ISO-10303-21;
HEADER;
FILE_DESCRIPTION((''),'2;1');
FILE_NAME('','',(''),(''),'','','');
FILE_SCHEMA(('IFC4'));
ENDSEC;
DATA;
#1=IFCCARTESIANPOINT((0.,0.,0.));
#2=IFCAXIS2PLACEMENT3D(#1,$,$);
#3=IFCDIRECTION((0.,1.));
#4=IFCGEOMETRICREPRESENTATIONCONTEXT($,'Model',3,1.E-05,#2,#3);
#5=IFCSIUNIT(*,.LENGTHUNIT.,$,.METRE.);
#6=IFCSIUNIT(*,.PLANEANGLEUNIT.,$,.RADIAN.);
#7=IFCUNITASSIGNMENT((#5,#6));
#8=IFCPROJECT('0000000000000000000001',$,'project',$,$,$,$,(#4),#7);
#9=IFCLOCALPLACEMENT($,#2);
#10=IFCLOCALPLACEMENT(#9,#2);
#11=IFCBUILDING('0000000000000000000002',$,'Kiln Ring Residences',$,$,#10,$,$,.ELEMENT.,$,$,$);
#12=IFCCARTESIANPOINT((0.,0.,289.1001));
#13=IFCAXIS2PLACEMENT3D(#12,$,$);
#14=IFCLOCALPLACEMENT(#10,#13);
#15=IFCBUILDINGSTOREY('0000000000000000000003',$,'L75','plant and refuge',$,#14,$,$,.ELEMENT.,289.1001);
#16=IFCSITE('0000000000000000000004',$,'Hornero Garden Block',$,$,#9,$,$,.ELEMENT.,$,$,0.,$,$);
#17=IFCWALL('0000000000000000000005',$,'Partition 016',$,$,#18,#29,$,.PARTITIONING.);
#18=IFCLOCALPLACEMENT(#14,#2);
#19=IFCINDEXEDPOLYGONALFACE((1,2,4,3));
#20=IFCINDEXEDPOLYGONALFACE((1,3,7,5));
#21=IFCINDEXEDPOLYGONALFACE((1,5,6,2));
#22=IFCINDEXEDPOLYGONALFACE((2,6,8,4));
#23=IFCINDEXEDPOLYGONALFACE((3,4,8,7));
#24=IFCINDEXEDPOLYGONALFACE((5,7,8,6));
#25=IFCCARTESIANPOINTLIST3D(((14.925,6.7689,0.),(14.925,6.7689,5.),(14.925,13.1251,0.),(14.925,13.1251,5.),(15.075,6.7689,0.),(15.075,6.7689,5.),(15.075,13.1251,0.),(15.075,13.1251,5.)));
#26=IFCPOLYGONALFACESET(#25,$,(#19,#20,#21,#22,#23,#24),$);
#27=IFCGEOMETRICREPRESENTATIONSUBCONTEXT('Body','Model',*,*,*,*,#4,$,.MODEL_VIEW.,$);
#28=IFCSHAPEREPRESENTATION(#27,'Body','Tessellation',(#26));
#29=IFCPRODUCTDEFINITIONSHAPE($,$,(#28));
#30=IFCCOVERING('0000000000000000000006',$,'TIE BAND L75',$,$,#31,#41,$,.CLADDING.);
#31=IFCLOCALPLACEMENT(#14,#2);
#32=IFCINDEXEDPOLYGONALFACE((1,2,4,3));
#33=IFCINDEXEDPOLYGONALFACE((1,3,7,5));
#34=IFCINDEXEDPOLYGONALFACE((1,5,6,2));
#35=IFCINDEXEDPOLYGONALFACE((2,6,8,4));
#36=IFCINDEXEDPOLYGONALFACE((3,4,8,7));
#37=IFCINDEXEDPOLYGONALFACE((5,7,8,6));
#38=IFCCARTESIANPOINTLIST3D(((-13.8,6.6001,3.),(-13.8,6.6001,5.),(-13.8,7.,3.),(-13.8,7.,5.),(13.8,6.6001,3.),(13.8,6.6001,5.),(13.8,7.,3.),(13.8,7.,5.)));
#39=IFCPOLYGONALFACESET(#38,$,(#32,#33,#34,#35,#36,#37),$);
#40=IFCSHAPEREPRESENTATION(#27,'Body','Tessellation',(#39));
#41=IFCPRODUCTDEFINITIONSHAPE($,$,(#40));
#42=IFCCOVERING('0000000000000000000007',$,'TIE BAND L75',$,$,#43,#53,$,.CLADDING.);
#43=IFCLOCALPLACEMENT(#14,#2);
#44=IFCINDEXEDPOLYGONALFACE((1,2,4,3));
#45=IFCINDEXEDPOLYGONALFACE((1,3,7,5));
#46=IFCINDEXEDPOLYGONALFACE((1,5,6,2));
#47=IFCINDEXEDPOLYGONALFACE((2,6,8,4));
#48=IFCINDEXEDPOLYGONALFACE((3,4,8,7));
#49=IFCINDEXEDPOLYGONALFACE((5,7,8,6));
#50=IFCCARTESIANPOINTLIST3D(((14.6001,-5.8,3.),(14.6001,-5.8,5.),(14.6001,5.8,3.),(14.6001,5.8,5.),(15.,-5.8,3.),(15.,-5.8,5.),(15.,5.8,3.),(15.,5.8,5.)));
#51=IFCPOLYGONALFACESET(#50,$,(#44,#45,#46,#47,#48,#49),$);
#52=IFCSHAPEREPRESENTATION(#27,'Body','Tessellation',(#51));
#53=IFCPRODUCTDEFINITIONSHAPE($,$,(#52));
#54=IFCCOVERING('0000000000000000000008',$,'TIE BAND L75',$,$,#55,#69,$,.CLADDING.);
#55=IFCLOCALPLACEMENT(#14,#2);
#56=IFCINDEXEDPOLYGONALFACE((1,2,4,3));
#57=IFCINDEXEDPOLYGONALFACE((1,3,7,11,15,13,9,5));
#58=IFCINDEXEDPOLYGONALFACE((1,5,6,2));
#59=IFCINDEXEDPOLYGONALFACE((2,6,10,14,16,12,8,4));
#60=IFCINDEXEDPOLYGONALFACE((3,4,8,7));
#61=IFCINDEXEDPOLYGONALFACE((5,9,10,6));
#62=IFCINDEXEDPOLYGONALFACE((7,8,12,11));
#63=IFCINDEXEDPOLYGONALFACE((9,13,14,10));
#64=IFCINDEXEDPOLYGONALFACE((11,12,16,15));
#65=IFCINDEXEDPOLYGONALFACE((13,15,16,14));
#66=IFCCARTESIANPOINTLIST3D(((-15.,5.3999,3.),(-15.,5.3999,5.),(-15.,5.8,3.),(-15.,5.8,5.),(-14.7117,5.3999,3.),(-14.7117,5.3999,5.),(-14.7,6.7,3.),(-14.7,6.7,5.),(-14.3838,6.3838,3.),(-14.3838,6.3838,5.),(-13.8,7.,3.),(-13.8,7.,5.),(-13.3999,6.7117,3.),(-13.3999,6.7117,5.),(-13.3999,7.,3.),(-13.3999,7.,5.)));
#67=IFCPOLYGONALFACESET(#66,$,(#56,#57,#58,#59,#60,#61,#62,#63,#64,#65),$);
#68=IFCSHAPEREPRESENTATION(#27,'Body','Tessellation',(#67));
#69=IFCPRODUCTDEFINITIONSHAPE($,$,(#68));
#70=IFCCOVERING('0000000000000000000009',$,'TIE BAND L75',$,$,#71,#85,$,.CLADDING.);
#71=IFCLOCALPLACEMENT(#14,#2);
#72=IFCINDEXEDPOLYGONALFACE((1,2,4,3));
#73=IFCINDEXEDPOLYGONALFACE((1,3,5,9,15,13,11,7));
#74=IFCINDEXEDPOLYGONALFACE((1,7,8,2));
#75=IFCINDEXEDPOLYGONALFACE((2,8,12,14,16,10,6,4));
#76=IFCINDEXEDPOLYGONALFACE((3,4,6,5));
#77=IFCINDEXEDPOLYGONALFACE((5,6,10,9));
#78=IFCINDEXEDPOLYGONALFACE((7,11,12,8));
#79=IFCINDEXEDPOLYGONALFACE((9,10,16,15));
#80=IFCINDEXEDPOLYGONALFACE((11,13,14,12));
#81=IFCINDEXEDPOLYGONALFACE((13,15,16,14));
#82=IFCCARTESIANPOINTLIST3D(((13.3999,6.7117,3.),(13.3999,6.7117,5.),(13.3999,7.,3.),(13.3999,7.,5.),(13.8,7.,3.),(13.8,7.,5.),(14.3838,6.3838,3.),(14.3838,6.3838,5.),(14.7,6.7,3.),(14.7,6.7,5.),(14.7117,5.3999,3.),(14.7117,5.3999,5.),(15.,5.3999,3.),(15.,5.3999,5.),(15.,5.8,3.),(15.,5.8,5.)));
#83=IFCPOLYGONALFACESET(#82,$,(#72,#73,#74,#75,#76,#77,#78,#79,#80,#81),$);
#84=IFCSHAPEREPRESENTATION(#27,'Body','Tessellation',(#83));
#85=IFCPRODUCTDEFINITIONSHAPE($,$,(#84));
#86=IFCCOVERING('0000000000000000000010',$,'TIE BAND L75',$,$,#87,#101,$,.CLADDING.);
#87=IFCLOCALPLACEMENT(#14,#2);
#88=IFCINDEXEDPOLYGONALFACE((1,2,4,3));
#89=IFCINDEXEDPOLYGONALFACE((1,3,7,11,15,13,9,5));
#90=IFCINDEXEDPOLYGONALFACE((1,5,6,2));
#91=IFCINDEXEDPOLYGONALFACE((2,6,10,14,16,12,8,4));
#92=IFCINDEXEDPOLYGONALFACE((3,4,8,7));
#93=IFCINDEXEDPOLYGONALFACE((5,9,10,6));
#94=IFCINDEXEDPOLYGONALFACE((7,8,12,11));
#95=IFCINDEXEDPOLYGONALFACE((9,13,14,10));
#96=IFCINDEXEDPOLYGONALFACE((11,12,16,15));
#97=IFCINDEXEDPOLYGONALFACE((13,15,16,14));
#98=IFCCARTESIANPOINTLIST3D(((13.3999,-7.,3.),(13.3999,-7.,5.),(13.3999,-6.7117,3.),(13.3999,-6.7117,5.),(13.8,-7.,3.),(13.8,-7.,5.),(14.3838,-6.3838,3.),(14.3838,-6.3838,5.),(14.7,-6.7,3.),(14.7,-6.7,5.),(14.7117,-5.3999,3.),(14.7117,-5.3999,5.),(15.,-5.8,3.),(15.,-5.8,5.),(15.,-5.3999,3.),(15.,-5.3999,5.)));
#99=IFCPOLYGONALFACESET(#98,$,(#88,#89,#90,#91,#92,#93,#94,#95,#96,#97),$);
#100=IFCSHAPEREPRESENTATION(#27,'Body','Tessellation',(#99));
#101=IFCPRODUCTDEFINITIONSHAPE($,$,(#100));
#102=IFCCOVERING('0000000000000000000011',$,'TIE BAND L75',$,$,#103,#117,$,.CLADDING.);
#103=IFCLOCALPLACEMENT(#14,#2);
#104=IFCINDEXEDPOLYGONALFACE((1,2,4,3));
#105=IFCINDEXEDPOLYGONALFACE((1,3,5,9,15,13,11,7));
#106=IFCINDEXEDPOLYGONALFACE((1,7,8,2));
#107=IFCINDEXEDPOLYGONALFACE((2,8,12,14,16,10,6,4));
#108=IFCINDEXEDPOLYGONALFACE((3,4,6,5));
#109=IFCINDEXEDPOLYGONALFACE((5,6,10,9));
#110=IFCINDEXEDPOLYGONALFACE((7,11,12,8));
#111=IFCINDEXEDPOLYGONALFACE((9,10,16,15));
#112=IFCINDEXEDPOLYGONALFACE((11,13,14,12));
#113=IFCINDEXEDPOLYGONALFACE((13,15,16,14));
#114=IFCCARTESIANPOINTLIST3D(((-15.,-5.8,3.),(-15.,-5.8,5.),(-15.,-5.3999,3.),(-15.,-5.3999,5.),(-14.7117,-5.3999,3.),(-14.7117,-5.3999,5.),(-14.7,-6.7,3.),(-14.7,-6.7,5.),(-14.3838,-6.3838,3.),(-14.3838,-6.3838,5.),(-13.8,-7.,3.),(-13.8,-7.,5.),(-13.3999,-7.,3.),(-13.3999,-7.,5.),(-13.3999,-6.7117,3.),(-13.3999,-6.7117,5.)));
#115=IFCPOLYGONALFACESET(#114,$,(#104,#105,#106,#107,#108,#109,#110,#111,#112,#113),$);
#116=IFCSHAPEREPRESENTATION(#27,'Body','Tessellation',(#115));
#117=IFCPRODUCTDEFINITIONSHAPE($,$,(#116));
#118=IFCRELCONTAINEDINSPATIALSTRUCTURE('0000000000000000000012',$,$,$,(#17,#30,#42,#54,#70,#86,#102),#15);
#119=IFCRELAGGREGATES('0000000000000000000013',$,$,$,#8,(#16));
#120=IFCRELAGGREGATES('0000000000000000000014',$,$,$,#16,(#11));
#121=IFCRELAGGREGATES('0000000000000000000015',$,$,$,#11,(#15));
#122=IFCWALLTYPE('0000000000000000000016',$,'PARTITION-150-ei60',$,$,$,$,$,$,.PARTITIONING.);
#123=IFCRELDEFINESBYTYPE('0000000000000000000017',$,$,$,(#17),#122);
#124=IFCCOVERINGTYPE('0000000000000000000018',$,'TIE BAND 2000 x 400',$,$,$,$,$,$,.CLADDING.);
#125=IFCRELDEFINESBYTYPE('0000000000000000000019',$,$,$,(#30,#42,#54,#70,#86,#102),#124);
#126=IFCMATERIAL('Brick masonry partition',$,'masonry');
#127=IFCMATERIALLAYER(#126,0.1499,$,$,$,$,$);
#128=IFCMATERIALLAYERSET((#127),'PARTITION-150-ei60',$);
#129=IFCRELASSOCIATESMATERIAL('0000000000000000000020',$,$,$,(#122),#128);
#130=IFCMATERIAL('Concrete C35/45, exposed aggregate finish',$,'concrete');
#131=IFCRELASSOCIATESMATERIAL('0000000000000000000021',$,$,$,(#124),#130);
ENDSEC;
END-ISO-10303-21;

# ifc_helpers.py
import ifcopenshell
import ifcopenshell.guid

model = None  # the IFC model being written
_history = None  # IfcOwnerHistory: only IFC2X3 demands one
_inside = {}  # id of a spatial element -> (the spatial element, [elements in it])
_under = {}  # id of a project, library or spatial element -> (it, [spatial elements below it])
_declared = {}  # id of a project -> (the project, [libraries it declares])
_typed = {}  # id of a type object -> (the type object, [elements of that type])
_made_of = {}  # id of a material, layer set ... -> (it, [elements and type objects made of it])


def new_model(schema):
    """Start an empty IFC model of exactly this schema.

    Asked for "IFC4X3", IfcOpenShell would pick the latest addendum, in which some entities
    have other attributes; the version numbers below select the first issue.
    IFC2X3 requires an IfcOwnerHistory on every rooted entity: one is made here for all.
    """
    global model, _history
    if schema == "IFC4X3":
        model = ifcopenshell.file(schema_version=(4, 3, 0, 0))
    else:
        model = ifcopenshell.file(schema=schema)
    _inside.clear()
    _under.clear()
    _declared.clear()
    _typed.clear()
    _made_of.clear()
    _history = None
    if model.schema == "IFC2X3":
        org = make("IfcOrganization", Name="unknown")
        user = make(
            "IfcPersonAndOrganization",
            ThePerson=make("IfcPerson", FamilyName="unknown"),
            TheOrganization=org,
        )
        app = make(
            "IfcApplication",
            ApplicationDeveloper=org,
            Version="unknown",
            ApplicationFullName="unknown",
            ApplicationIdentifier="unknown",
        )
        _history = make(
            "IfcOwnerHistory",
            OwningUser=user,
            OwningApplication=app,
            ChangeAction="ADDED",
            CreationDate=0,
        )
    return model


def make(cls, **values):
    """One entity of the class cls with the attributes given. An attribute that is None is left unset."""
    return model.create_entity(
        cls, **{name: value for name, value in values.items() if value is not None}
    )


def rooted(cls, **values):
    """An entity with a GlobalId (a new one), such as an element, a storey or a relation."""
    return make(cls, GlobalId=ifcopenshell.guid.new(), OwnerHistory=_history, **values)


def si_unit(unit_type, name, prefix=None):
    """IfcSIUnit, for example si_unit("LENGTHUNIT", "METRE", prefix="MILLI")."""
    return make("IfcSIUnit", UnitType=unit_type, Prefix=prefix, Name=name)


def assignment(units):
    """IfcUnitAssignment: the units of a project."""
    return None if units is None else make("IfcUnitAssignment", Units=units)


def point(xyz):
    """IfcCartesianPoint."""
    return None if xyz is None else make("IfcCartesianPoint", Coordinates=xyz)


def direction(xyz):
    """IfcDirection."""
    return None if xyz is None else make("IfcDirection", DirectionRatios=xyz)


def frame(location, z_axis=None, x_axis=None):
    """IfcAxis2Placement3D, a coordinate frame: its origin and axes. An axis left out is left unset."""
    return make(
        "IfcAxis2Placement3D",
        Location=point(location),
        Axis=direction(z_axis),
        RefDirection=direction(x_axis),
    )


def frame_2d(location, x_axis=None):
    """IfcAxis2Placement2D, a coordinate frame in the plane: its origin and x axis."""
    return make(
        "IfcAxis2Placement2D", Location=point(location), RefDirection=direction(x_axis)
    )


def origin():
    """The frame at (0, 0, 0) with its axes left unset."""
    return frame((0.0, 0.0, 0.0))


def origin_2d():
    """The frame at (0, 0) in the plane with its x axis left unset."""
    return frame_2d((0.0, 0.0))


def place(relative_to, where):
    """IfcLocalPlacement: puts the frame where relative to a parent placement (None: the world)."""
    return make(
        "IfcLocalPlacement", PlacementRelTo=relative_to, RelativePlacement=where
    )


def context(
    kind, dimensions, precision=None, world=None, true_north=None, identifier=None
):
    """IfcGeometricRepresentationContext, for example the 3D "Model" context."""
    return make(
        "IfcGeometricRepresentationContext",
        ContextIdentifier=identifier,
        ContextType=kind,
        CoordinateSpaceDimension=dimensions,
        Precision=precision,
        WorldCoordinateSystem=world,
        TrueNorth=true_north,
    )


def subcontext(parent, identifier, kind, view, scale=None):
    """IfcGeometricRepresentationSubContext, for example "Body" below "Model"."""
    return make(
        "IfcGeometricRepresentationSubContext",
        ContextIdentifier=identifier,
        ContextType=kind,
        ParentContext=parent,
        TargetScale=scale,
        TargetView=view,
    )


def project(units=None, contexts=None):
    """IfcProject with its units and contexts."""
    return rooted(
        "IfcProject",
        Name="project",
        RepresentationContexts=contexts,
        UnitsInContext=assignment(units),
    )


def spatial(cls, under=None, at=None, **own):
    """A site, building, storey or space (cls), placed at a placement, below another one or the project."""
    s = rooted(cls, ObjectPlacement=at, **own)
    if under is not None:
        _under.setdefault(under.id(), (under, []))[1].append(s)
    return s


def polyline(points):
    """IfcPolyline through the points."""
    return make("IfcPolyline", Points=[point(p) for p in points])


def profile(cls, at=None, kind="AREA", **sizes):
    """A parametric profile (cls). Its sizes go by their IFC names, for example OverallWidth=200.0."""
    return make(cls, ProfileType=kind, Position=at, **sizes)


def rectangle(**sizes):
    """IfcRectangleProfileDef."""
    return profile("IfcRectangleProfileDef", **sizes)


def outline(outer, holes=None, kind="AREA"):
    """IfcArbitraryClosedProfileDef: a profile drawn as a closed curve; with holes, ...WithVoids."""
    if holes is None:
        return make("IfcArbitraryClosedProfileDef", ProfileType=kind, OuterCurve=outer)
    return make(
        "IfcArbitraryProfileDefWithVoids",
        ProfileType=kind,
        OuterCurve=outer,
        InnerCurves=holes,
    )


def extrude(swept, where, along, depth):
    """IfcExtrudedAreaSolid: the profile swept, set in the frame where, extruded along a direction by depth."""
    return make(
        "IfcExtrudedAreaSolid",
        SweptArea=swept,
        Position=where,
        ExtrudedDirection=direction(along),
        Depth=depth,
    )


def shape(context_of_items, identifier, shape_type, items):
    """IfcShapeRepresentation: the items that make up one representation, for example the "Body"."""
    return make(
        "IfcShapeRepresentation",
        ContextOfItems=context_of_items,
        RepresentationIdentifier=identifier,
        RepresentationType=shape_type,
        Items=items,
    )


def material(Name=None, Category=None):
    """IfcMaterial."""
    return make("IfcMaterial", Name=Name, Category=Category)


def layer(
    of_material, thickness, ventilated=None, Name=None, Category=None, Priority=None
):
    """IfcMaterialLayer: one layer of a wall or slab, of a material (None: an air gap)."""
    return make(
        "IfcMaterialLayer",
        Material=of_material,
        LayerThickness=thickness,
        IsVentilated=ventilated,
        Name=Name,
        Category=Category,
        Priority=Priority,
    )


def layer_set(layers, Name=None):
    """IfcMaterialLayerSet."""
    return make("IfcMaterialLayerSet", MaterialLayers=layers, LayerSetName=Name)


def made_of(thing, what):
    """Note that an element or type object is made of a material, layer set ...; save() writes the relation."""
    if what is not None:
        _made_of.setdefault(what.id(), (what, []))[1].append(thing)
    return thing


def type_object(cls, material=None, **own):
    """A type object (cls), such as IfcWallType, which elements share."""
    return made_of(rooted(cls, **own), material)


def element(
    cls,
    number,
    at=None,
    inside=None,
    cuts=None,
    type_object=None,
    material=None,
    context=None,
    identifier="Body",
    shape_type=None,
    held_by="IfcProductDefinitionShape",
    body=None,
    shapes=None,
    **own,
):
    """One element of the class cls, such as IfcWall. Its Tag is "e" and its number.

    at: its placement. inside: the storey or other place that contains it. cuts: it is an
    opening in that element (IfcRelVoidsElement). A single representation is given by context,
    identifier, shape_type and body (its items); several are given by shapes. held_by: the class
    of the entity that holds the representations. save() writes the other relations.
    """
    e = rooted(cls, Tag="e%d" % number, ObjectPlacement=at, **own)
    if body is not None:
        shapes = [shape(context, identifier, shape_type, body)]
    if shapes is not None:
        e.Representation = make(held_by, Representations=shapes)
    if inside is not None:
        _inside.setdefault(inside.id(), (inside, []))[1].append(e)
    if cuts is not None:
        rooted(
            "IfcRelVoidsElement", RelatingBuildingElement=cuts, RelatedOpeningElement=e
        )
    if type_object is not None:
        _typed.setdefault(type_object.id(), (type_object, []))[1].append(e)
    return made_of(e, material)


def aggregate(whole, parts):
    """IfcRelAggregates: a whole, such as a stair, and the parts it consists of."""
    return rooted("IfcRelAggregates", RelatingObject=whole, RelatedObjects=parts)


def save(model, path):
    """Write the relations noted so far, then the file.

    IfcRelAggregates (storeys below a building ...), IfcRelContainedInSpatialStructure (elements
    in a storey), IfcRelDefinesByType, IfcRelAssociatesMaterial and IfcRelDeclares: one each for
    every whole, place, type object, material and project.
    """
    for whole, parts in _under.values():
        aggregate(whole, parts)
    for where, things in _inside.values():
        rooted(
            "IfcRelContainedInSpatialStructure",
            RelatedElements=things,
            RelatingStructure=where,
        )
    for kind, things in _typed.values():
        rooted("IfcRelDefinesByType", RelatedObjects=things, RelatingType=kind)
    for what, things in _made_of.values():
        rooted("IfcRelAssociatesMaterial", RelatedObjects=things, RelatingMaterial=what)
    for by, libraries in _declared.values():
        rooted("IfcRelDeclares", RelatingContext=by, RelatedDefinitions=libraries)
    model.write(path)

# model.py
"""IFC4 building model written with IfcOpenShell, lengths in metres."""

from ifc_helpers import new_model, si_unit, direction, frame, frame_2d, origin, origin_2d, place, context, subcontext, project, spatial, polyline, rectangle, outline, extrude, material, layer, layer_set, type_object, element, save


model = new_model("IFC4")

# Units and contexts
model_context = context("Model", 3, precision=1e-05, world=origin(), true_north=direction((0.0, 1.0)))
body_context = subcontext(model_context, "Body", "Model", "MODEL_VIEW")
ifc_project = project(units=[si_unit("LENGTHUNIT", "METRE"), si_unit("PLANEANGLEUNIT", "RADIAN")], contexts=[model_context])

# Site, building, storey
site_placement = place(None, origin())
site = spatial("IfcSite", under=ifc_project, at=site_placement, Name="Hornero Garden Block", CompositionType="ELEMENT", RefElevation=0.0)
building_placement = place(site_placement, origin())
building = spatial("IfcBuilding", under=site, at=building_placement, Name="Kiln Ring Residences", CompositionType="ELEMENT")
storey_placement = place(building_placement, frame((0.0, 0.0, 289.1001)))
storey = spatial("IfcBuildingStorey", under=building, at=storey_placement, Name="L75", Description="plant and refuge", CompositionType="ELEMENT", Elevation=289.1001)

# Wall
ifc_material_1 = material(Name="Brick masonry partition", Category="masonry")
ifc_layer_1 = layer(ifc_material_1, 0.1499)
ifc_layer_set_1 = layer_set([ifc_layer_1], Name="PARTITION-150-ei60")
wall_type_1 = type_object("IfcWallType", Name="PARTITION-150-ei60", PredefinedType="PARTITIONING", material=ifc_layer_set_1)
wall_1_placement = place(storey_placement, frame((15.0, 6.7688, 0.0), z_axis=(0.0, 0.0, 1.0), x_axis=(0.0, 1.0, 0.0)))
element("IfcWall", 1, at=wall_1_placement, inside=storey, type_object=wall_type_1, Name="Partition 016", PredefinedType="PARTITIONING", context=body_context, shape_type="SweptSolid", body=[
    extrude(rectangle(XDim=6.3562, YDim=0.1499, at=frame_2d((3.1782, 0.0))), origin(), (0.0, 0.0, 1.0), 5.0),
])

# Coverings
ifc_material_2 = material(Name="Concrete C35/45, exposed aggregate finish", Category="concrete")
covering_type = type_object("IfcCoveringType", Name="TIE BAND 2000 x 400", PredefinedType="CLADDING", material=ifc_material_2)
covering_1_placement = place(storey_placement, frame((0.0, 6.8, 3.0), z_axis=(0.0, 0.0, 1.0), x_axis=(1.0, 0.0, 0.0)))
element("IfcCovering", 2, at=covering_1_placement, inside=storey, type_object=covering_type, Name="TIE BAND L75", PredefinedType="CLADDING", context=body_context, shape_type="SweptSolid", body=[
    extrude(rectangle(XDim=27.6001, YDim=0.3999, at=origin_2d()), origin(), (0.0, 0.0, 1.0), 2.0),
])
covering_2_placement = place(storey_placement, frame((14.8, 0.0, 3.0), z_axis=(0.0, 0.0, 1.0), x_axis=(0.0, -1.0, 0.0)))
element("IfcCovering", 3, at=covering_2_placement, inside=storey, type_object=covering_type, Name="TIE BAND L75", PredefinedType="CLADDING", context=body_context, shape_type="SweptSolid", body=[
    extrude(rectangle(XDim=11.6001, YDim=0.3999, at=origin_2d()), origin(), (0.0, 0.0, 1.0), 2.0),
])
placement_1 = place(storey_placement, frame((0.0, 0.0, 3.0)))
element("IfcCovering", 4, at=placement_1, inside=storey, type_object=covering_type, Name="TIE BAND L75", PredefinedType="CLADDING", context=body_context, shape_type="SweptSolid", body=[
    extrude(outline(polyline([(-14.3838, 6.3838), (-13.3999, 6.7117), (-13.3999, 7.0), (-13.8, 7.0), (-14.7, 6.7), (-15.0, 5.8), (-15.0, 5.3999), (-14.7117, 5.3999), (-14.3838, 6.3838)])), origin(), (0.0, 0.0, 1.0), 2.0),
])
element("IfcCovering", 5, at=placement_1, inside=storey, type_object=covering_type, Name="TIE BAND L75", PredefinedType="CLADDING", context=body_context, shape_type="SweptSolid", body=[
    extrude(outline(polyline([(14.3838, 6.3838), (14.7117, 5.3999), (15.0, 5.3999), (15.0, 5.8), (14.7, 6.7), (13.8, 7.0), (13.3999, 7.0), (13.3999, 6.7117), (14.3838, 6.3838)])), origin(), (0.0, 0.0, 1.0), 2.0),
])
element("IfcCovering", 6, at=placement_1, inside=storey, type_object=covering_type, Name="TIE BAND L75", PredefinedType="CLADDING", context=body_context, shape_type="SweptSolid", body=[
    extrude(outline(polyline([(14.3838, -6.3838), (13.3999, -6.7117), (13.3999, -7.0), (13.8, -7.0), (14.7, -6.7), (15.0, -5.8), (15.0, -5.3999), (14.7117, -5.3999), (14.3838, -6.3838)])), origin(), (0.0, 0.0, 1.0), 2.0),
])
element("IfcCovering", 7, at=placement_1, inside=storey, type_object=covering_type, Name="TIE BAND L75", PredefinedType="CLADDING", context=body_context, shape_type="SweptSolid", body=[
    extrude(outline(polyline([(-14.3838, -6.3838), (-14.7117, -5.3999), (-15.0, -5.3999), (-15.0, -5.8), (-14.7, -6.7), (-13.8, -7.0), (-13.3999, -7.0), (-13.3999, -6.7117), (-14.3838, -6.3838)])), origin(), (0.0, 0.0, 1.0), 2.0),
])

save(model, "model.ifc")
